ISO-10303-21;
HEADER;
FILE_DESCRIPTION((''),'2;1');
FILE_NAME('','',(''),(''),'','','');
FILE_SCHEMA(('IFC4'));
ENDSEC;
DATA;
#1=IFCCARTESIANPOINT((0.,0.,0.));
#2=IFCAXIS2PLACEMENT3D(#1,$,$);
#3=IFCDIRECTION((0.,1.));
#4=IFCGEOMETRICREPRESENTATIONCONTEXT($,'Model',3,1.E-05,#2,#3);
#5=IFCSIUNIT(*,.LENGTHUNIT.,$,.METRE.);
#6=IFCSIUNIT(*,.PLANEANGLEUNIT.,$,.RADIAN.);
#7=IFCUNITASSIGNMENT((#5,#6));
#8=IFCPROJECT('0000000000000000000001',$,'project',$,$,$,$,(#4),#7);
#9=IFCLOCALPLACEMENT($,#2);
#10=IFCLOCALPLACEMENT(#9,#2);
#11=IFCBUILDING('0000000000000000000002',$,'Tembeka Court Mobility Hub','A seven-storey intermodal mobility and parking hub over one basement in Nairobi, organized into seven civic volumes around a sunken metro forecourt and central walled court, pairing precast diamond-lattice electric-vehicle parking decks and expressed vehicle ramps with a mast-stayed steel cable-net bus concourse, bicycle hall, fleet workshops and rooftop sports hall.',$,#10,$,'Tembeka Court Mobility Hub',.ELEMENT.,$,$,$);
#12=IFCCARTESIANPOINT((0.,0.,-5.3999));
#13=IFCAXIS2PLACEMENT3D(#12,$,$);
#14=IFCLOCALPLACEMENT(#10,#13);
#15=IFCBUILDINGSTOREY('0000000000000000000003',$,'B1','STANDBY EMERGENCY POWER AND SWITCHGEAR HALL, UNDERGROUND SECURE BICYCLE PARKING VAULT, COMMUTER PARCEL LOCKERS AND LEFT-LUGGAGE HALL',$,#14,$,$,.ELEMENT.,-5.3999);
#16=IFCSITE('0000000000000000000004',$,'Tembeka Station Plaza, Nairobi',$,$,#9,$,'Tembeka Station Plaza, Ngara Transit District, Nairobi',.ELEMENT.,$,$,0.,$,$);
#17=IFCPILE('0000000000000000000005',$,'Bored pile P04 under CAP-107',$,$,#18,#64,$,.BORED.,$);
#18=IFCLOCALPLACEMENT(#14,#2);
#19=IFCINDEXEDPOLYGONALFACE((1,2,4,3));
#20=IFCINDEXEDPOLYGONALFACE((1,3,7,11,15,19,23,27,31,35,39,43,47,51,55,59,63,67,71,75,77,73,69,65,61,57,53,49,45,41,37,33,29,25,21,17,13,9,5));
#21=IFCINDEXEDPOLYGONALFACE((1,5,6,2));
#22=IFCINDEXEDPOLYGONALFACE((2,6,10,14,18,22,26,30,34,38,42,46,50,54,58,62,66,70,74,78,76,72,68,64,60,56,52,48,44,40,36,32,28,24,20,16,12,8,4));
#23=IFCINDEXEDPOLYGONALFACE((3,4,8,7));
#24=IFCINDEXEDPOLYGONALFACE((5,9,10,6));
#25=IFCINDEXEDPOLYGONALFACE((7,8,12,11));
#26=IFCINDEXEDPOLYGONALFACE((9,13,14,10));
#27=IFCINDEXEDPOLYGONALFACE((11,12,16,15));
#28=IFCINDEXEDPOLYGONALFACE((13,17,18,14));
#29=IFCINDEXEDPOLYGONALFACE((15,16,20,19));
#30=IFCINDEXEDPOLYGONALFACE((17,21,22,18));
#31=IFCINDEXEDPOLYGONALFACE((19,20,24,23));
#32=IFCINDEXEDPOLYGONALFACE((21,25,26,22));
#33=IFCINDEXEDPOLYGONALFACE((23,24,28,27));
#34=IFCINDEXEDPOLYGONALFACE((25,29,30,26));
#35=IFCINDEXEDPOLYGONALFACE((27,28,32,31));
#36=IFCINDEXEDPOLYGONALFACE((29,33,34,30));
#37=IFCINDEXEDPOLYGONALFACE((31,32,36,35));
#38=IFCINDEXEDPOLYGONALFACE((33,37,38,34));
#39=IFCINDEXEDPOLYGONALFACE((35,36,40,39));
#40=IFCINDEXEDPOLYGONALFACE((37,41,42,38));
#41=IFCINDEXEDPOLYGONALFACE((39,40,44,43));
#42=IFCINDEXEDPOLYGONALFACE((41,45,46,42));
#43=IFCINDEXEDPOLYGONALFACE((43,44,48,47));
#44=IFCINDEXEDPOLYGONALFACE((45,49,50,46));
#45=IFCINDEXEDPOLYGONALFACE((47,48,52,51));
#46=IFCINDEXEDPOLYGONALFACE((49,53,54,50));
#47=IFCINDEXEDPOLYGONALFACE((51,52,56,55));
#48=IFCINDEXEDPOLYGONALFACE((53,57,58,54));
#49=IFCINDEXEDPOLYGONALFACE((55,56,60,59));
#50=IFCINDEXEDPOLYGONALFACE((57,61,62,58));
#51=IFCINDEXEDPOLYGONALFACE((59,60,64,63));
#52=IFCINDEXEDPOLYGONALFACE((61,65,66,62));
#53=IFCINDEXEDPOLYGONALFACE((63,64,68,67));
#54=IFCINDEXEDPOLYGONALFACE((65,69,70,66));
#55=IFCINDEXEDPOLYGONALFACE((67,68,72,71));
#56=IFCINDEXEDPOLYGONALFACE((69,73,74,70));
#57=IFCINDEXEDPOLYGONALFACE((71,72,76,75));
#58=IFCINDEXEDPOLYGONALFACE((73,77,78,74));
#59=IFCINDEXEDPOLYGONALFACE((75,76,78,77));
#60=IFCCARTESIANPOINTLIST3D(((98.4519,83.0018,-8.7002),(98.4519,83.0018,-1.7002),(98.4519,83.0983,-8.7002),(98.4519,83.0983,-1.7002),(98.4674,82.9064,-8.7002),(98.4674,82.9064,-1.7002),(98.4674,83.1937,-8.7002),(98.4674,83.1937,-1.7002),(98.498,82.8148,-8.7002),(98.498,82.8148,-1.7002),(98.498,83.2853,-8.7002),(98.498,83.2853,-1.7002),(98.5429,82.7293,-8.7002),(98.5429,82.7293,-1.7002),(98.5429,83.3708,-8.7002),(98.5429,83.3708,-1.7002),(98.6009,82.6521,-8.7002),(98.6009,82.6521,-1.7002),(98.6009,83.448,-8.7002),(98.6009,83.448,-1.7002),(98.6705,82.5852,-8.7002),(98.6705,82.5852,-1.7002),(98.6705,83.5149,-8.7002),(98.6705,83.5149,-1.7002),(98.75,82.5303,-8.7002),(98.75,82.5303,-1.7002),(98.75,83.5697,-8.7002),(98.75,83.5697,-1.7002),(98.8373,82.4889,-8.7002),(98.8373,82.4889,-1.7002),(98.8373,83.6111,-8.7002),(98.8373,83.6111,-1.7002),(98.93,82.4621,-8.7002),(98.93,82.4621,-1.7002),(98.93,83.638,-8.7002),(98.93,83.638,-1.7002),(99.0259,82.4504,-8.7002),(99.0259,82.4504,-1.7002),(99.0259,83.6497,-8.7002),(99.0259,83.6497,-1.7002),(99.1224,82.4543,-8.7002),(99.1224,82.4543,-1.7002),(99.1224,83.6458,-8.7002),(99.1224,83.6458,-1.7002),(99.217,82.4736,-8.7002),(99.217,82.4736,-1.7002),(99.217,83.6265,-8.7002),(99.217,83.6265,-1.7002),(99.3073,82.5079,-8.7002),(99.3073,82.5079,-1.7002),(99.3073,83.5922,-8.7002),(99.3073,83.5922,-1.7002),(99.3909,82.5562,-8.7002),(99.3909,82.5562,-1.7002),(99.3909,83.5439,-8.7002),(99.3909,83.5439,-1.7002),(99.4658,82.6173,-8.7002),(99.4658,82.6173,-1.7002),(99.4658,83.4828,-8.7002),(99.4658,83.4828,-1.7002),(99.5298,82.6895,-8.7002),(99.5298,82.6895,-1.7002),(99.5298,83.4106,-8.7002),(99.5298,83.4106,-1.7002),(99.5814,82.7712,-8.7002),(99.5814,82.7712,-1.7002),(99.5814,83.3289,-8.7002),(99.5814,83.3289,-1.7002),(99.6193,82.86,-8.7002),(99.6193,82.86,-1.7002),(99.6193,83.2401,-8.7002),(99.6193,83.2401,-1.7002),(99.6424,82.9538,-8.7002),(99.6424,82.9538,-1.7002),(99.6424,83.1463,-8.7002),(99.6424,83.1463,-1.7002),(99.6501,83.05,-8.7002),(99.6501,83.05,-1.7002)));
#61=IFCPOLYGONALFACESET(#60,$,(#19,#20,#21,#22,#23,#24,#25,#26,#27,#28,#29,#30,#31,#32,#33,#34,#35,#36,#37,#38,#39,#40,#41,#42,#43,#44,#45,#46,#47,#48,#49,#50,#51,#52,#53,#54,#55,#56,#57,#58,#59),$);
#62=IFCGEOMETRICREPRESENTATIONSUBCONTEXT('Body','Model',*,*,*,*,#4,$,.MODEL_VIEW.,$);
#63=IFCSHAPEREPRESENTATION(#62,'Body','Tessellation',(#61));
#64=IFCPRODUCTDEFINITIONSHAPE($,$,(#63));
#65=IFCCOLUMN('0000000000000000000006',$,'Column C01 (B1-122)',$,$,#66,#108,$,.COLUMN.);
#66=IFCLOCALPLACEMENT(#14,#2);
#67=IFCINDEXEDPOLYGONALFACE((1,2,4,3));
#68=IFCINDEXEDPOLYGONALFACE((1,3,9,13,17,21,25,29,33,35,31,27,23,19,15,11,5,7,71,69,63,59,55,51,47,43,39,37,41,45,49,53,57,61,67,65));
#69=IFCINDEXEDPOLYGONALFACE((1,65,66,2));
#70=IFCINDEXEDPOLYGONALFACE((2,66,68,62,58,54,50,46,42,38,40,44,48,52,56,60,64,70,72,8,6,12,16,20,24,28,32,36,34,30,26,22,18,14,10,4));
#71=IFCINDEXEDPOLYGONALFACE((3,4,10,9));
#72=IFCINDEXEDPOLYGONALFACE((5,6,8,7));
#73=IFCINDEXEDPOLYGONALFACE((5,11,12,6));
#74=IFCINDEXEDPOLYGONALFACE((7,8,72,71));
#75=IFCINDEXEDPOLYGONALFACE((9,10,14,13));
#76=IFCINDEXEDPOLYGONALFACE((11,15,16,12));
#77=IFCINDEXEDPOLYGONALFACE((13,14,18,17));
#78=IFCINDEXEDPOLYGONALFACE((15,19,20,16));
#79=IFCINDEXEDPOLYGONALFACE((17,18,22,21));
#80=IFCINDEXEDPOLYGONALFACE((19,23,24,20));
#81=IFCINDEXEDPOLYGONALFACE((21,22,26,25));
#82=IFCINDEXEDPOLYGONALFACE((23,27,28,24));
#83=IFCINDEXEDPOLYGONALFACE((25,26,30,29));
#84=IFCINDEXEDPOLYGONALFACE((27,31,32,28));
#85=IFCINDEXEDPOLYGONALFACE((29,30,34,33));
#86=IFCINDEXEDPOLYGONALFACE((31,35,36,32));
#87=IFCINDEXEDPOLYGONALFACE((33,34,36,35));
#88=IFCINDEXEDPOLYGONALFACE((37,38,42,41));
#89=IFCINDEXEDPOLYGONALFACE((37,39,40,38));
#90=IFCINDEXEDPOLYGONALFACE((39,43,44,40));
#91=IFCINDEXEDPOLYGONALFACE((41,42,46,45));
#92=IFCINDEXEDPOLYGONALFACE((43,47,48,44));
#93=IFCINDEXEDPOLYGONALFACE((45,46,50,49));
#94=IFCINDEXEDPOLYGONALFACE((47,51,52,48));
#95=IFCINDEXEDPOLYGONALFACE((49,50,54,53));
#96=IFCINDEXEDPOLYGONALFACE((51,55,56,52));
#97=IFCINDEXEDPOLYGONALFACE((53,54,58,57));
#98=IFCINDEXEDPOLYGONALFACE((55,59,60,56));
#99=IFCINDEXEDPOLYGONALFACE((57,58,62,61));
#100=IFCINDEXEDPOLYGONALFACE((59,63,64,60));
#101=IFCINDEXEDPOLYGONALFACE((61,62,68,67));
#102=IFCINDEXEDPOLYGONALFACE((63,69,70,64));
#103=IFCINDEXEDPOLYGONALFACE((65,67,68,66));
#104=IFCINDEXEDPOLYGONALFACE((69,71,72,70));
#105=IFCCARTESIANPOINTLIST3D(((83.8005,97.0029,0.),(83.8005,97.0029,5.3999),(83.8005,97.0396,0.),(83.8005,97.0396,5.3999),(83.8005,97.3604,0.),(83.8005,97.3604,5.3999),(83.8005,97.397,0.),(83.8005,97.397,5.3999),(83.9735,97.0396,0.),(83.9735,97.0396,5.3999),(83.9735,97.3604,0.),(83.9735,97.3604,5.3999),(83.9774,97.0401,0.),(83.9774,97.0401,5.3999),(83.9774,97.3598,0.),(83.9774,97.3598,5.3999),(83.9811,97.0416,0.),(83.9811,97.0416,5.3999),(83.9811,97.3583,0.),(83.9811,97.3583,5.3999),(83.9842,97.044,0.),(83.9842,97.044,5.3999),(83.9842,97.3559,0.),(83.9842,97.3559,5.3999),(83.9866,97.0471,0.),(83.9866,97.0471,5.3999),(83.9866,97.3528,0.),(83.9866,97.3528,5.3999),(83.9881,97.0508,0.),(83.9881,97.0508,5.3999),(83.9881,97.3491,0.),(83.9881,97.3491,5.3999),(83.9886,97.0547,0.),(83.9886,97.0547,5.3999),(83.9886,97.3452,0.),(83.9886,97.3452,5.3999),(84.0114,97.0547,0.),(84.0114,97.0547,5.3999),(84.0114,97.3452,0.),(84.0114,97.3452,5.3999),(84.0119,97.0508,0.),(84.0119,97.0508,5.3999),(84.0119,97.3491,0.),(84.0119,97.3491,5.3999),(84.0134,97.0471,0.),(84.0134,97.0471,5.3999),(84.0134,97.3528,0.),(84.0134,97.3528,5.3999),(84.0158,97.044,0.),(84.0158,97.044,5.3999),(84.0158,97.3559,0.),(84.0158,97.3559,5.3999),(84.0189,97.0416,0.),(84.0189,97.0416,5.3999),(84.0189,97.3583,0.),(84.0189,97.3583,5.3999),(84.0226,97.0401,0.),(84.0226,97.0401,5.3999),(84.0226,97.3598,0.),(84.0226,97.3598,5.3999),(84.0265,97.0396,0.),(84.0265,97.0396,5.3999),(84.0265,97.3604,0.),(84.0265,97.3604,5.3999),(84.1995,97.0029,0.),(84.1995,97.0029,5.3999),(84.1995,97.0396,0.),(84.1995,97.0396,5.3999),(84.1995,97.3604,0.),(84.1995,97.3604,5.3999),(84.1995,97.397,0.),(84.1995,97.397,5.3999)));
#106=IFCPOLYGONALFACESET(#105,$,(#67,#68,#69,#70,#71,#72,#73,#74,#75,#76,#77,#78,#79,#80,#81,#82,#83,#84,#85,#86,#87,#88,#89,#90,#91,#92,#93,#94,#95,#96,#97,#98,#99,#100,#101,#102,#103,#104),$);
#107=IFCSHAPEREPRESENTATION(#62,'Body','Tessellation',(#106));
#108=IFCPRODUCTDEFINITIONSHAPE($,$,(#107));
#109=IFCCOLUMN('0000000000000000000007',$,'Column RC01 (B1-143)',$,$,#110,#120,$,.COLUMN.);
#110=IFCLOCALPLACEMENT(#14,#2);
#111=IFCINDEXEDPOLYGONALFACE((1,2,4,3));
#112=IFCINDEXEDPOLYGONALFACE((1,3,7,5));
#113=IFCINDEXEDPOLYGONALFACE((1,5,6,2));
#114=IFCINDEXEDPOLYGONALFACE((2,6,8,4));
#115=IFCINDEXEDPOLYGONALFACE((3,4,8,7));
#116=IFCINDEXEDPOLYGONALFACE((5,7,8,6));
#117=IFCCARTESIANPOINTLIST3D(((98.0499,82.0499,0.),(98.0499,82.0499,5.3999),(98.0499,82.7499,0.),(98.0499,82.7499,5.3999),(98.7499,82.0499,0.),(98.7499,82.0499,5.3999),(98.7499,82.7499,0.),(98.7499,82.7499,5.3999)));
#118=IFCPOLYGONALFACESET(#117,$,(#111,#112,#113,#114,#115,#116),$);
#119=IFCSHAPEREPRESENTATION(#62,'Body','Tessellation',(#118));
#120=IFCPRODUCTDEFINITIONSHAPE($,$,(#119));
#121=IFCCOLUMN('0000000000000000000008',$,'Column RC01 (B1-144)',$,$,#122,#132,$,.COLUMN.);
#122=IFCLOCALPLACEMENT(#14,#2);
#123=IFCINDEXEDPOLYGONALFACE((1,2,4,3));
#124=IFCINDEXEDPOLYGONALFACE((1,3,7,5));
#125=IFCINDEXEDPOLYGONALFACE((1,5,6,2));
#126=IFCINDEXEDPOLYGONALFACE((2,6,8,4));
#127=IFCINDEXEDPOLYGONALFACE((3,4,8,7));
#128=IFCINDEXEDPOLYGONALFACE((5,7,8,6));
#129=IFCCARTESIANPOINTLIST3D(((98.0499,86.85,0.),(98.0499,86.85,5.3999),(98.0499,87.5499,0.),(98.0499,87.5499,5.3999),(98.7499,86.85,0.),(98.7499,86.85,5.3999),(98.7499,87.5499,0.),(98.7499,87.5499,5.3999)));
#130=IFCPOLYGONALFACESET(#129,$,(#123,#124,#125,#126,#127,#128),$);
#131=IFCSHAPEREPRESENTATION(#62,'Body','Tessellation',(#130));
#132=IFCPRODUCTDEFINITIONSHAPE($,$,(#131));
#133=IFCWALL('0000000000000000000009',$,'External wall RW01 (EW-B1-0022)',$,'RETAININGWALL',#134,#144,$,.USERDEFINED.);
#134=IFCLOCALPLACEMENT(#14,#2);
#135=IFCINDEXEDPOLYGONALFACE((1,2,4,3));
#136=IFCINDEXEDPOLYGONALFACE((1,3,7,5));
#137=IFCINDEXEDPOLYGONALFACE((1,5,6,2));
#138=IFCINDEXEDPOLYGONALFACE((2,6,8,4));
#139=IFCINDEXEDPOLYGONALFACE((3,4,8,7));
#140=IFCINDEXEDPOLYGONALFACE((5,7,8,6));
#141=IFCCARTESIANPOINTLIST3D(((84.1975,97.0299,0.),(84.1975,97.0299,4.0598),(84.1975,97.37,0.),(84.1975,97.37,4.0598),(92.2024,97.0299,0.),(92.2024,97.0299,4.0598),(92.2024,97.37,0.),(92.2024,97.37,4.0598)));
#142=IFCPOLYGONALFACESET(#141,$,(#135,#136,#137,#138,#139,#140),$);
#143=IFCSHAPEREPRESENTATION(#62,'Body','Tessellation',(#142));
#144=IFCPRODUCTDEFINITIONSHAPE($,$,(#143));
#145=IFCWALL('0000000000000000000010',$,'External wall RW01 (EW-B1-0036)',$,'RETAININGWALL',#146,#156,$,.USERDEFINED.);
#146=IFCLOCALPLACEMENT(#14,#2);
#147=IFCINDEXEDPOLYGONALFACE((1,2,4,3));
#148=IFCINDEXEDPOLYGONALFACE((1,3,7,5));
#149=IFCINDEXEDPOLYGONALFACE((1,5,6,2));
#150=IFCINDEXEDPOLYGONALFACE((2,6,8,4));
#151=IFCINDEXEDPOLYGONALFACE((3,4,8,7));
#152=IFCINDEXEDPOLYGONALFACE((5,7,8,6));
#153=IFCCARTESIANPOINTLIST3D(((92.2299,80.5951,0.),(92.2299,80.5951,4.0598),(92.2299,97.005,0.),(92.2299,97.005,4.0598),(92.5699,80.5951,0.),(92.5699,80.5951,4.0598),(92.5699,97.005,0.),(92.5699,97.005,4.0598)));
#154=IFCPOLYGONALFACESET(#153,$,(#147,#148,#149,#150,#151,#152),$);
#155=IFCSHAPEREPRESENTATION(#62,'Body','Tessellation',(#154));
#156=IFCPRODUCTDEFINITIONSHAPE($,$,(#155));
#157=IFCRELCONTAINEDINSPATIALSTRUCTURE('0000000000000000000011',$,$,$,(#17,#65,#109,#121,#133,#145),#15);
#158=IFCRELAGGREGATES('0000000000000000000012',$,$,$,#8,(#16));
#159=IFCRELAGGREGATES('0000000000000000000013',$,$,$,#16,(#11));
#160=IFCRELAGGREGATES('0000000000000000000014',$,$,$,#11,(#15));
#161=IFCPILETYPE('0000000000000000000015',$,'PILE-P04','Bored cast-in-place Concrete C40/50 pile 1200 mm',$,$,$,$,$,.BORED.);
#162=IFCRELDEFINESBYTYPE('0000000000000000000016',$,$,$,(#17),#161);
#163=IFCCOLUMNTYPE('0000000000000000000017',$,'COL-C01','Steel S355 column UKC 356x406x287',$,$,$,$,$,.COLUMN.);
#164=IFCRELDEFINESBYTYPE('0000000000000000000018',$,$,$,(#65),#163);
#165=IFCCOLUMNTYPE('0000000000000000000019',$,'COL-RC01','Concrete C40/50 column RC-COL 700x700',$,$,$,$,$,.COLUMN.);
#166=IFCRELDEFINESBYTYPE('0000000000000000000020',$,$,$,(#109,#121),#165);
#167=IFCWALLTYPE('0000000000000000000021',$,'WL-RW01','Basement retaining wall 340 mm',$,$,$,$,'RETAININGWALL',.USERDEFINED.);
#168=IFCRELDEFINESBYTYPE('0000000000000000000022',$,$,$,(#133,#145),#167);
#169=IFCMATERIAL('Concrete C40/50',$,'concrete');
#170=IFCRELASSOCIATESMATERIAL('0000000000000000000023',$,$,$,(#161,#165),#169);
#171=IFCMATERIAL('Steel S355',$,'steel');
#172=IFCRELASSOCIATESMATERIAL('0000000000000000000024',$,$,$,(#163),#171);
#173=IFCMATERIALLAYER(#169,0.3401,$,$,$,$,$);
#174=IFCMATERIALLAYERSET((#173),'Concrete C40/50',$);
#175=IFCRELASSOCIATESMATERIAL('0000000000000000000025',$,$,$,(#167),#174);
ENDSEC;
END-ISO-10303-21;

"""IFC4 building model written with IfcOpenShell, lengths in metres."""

from ifc_helpers import new_model, si_unit, direction, frame, frame_2d, origin, origin_2d, place, context, subcontext, project, spatial, rectangle, circle, i_section, extrude, material, layer, layer_set, material_profile, profile_set, type_object, element, save


model = new_model("IFC4")

# Units and contexts
model_context = context("Model", 3, precision=1e-05, world=origin(), true_north=direction((0.0, 1.0)))
body_context = subcontext(model_context, "Body", "Model", "MODEL_VIEW")
ifc_project = project(units=[si_unit("LENGTHUNIT", "METRE"), si_unit("PLANEANGLEUNIT", "RADIAN")], contexts=[model_context])

# Site, building, storey
site_placement = place(None, origin())
site = spatial("IfcSite", under=ifc_project, at=site_placement, Name="Tembeka Station Plaza, Nairobi", LongName="Tembeka Station Plaza, Ngara Transit District, Nairobi", CompositionType="ELEMENT", RefElevation=0.0)
building_placement = place(site_placement, origin())
building = spatial("IfcBuilding", under=site, at=building_placement, Name="Tembeka Court Mobility Hub", Description="A seven-storey intermodal mobility and parking hub over one basement in Nairobi, organized into seven civic volumes around a sunken metro forecourt and central walled court, pairing precast diamond-lattice electric-vehicle parking decks and expressed vehicle ramps with a mast-stayed steel cable-net bus concourse, bicycle hall, fleet workshops and rooftop sports hall.", LongName="Tembeka Court Mobility Hub", CompositionType="ELEMENT")
storey_placement = place(building_placement, frame((0.0, 0.0, -5.3999)))
storey = spatial("IfcBuildingStorey", under=building, at=storey_placement, Name="B1", Description="STANDBY EMERGENCY POWER AND SWITCHGEAR HALL, UNDERGROUND SECURE BICYCLE PARKING VAULT, COMMUTER PARCEL LOCKERS AND LEFT-LUGGAGE HALL", CompositionType="ELEMENT", Elevation=-5.3999)

# Shared definitions
ifc_material_1 = material(Name="Concrete C40/50", Category="concrete")

# Pile
ifc_material_profile_1 = material_profile(ifc_material_1, circle(Radius=0.6001, at=origin_2d()), Name="PILE D1200")
ifc_profile_set_1 = profile_set([ifc_material_profile_1], Name="Concrete C40/50")
pile_type_1 = type_object("IfcPileType", Name="PILE-P04", Description="Bored cast-in-place Concrete C40/50 pile 1200 mm", PredefinedType="BORED", material=ifc_profile_set_1)
for number, where, z_axis, x_axis, name in (
    (1, (99.05, 83.05, -1.7002), (0.0, 0.0, -1.0), (1.0, 0.0, 0.0), "Bored pile P04 under CAP-107"),
):
    element("IfcPile", number, at=place(storey_placement, frame(where, z_axis=z_axis, x_axis=x_axis)), inside=storey, type_object=pile_type_1, Name=name, PredefinedType="BORED", context=body_context, shape_type="SweptSolid", body=[
        extrude(circle(Radius=0.6001, at=origin_2d()), origin(), (0.0, 0.0, 1.0), 7.0),
    ])

# Columns
ifc_material_2 = material(Name="Steel S355", Category="steel")
ifc_material_profile_2 = material_profile(ifc_material_2, i_section(OverallWidth=0.3989, OverallDepth=0.394, WebThickness=0.0227, FlangeThickness=0.0366, FilletRadius=0.0151, at=origin_2d()), Name="UKC 356x406x287")
ifc_profile_set_2 = profile_set([ifc_material_profile_2], Name="Steel S355")
column_type_1 = type_object("IfcColumnType", Name="COL-C01", Description="Steel S355 column UKC 356x406x287", PredefinedType="COLUMN", material=ifc_profile_set_2)
column_placement = place(storey_placement, frame((84.0, 97.2, 0.0), z_axis=(0.0, 0.0, 1.0), x_axis=(1.0, 0.0, 0.0)))
element("IfcColumn", 2, at=column_placement, inside=storey, type_object=column_type_1, Name="Column C01 (B1-122)", PredefinedType="COLUMN", context=body_context, shape_type="SweptSolid", body=[
    extrude(i_section(OverallWidth=0.3989, OverallDepth=0.394, WebThickness=0.0227, FlangeThickness=0.0366, FilletRadius=0.0151, at=origin_2d()), origin(), (0.0, 0.0, 1.0), 5.3999),
])
ifc_material_profile_3 = material_profile(ifc_material_1, rectangle(XDim=0.7, YDim=0.7, at=origin_2d()), Name="RC-COL 700x700")
ifc_profile_set_3 = profile_set([ifc_material_profile_3], Name="Concrete C40/50")
column_type_2 = type_object("IfcColumnType", Name="COL-RC01", Description="Concrete C40/50 column RC-COL 700x700", PredefinedType="COLUMN", material=ifc_profile_set_3)
for number, where, z_axis, x_axis, name in (
    (3, (98.3999, 82.3999, 0.0), (0.0, 0.0, 1.0), (1.0, 0.0, 0.0), "Column RC01 (B1-143)"),
    (4, (98.3999, 87.2, 0.0), (0.0, 0.0, 1.0), (1.0, 0.0, 0.0), "Column RC01 (B1-144)"),
):
    element("IfcColumn", number, at=place(storey_placement, frame(where, z_axis=z_axis, x_axis=x_axis)), inside=storey, type_object=column_type_2, Name=name, PredefinedType="COLUMN", context=body_context, shape_type="SweptSolid", body=[
        extrude(rectangle(XDim=0.7, YDim=0.7, at=origin_2d()), origin(), (0.0, 0.0, 1.0), 5.3999),
    ])

# Walls
ifc_layer = layer(ifc_material_1, 0.3401)
ifc_layer_set = layer_set([ifc_layer], Name="Concrete C40/50")
wall_type = type_object("IfcWallType", Name="WL-RW01", Description="Basement retaining wall 340 mm", ElementType="RETAININGWALL", PredefinedType="USERDEFINED", material=ifc_layer_set)
wall_1_placement = place(storey_placement, frame((84.1975, 97.2, 0.0), z_axis=(0.0, 0.0, 1.0), x_axis=(1.0, 0.0, 0.0)))
element("IfcWall", 5, at=wall_1_placement, inside=storey, type_object=wall_type, Name="External wall RW01 (EW-B1-0022)", ObjectType="RETAININGWALL", PredefinedType="USERDEFINED", context=body_context, shape_type="SweptSolid", body=[
    extrude(rectangle(XDim=8.0049, YDim=0.3401, at=frame_2d((4.0024, 0.0))), origin(), (0.0, 0.0, 1.0), 4.0598),
])
wall_2_placement = place(storey_placement, frame((92.3999, 80.595, 0.0), z_axis=(0.0, 0.0, 1.0), x_axis=(0.0, 1.0, 0.0)))
element("IfcWall", 6, at=wall_2_placement, inside=storey, type_object=wall_type, Name="External wall RW01 (EW-B1-0036)", ObjectType="RETAININGWALL", PredefinedType="USERDEFINED", context=body_context, shape_type="SweptSolid", body=[
    extrude(rectangle(XDim=16.4099, YDim=0.3401, at=frame_2d((8.2051, 0.0))), origin(), (0.0, 0.0, 1.0), 4.0598),
])

save(model, "model.ifc")
